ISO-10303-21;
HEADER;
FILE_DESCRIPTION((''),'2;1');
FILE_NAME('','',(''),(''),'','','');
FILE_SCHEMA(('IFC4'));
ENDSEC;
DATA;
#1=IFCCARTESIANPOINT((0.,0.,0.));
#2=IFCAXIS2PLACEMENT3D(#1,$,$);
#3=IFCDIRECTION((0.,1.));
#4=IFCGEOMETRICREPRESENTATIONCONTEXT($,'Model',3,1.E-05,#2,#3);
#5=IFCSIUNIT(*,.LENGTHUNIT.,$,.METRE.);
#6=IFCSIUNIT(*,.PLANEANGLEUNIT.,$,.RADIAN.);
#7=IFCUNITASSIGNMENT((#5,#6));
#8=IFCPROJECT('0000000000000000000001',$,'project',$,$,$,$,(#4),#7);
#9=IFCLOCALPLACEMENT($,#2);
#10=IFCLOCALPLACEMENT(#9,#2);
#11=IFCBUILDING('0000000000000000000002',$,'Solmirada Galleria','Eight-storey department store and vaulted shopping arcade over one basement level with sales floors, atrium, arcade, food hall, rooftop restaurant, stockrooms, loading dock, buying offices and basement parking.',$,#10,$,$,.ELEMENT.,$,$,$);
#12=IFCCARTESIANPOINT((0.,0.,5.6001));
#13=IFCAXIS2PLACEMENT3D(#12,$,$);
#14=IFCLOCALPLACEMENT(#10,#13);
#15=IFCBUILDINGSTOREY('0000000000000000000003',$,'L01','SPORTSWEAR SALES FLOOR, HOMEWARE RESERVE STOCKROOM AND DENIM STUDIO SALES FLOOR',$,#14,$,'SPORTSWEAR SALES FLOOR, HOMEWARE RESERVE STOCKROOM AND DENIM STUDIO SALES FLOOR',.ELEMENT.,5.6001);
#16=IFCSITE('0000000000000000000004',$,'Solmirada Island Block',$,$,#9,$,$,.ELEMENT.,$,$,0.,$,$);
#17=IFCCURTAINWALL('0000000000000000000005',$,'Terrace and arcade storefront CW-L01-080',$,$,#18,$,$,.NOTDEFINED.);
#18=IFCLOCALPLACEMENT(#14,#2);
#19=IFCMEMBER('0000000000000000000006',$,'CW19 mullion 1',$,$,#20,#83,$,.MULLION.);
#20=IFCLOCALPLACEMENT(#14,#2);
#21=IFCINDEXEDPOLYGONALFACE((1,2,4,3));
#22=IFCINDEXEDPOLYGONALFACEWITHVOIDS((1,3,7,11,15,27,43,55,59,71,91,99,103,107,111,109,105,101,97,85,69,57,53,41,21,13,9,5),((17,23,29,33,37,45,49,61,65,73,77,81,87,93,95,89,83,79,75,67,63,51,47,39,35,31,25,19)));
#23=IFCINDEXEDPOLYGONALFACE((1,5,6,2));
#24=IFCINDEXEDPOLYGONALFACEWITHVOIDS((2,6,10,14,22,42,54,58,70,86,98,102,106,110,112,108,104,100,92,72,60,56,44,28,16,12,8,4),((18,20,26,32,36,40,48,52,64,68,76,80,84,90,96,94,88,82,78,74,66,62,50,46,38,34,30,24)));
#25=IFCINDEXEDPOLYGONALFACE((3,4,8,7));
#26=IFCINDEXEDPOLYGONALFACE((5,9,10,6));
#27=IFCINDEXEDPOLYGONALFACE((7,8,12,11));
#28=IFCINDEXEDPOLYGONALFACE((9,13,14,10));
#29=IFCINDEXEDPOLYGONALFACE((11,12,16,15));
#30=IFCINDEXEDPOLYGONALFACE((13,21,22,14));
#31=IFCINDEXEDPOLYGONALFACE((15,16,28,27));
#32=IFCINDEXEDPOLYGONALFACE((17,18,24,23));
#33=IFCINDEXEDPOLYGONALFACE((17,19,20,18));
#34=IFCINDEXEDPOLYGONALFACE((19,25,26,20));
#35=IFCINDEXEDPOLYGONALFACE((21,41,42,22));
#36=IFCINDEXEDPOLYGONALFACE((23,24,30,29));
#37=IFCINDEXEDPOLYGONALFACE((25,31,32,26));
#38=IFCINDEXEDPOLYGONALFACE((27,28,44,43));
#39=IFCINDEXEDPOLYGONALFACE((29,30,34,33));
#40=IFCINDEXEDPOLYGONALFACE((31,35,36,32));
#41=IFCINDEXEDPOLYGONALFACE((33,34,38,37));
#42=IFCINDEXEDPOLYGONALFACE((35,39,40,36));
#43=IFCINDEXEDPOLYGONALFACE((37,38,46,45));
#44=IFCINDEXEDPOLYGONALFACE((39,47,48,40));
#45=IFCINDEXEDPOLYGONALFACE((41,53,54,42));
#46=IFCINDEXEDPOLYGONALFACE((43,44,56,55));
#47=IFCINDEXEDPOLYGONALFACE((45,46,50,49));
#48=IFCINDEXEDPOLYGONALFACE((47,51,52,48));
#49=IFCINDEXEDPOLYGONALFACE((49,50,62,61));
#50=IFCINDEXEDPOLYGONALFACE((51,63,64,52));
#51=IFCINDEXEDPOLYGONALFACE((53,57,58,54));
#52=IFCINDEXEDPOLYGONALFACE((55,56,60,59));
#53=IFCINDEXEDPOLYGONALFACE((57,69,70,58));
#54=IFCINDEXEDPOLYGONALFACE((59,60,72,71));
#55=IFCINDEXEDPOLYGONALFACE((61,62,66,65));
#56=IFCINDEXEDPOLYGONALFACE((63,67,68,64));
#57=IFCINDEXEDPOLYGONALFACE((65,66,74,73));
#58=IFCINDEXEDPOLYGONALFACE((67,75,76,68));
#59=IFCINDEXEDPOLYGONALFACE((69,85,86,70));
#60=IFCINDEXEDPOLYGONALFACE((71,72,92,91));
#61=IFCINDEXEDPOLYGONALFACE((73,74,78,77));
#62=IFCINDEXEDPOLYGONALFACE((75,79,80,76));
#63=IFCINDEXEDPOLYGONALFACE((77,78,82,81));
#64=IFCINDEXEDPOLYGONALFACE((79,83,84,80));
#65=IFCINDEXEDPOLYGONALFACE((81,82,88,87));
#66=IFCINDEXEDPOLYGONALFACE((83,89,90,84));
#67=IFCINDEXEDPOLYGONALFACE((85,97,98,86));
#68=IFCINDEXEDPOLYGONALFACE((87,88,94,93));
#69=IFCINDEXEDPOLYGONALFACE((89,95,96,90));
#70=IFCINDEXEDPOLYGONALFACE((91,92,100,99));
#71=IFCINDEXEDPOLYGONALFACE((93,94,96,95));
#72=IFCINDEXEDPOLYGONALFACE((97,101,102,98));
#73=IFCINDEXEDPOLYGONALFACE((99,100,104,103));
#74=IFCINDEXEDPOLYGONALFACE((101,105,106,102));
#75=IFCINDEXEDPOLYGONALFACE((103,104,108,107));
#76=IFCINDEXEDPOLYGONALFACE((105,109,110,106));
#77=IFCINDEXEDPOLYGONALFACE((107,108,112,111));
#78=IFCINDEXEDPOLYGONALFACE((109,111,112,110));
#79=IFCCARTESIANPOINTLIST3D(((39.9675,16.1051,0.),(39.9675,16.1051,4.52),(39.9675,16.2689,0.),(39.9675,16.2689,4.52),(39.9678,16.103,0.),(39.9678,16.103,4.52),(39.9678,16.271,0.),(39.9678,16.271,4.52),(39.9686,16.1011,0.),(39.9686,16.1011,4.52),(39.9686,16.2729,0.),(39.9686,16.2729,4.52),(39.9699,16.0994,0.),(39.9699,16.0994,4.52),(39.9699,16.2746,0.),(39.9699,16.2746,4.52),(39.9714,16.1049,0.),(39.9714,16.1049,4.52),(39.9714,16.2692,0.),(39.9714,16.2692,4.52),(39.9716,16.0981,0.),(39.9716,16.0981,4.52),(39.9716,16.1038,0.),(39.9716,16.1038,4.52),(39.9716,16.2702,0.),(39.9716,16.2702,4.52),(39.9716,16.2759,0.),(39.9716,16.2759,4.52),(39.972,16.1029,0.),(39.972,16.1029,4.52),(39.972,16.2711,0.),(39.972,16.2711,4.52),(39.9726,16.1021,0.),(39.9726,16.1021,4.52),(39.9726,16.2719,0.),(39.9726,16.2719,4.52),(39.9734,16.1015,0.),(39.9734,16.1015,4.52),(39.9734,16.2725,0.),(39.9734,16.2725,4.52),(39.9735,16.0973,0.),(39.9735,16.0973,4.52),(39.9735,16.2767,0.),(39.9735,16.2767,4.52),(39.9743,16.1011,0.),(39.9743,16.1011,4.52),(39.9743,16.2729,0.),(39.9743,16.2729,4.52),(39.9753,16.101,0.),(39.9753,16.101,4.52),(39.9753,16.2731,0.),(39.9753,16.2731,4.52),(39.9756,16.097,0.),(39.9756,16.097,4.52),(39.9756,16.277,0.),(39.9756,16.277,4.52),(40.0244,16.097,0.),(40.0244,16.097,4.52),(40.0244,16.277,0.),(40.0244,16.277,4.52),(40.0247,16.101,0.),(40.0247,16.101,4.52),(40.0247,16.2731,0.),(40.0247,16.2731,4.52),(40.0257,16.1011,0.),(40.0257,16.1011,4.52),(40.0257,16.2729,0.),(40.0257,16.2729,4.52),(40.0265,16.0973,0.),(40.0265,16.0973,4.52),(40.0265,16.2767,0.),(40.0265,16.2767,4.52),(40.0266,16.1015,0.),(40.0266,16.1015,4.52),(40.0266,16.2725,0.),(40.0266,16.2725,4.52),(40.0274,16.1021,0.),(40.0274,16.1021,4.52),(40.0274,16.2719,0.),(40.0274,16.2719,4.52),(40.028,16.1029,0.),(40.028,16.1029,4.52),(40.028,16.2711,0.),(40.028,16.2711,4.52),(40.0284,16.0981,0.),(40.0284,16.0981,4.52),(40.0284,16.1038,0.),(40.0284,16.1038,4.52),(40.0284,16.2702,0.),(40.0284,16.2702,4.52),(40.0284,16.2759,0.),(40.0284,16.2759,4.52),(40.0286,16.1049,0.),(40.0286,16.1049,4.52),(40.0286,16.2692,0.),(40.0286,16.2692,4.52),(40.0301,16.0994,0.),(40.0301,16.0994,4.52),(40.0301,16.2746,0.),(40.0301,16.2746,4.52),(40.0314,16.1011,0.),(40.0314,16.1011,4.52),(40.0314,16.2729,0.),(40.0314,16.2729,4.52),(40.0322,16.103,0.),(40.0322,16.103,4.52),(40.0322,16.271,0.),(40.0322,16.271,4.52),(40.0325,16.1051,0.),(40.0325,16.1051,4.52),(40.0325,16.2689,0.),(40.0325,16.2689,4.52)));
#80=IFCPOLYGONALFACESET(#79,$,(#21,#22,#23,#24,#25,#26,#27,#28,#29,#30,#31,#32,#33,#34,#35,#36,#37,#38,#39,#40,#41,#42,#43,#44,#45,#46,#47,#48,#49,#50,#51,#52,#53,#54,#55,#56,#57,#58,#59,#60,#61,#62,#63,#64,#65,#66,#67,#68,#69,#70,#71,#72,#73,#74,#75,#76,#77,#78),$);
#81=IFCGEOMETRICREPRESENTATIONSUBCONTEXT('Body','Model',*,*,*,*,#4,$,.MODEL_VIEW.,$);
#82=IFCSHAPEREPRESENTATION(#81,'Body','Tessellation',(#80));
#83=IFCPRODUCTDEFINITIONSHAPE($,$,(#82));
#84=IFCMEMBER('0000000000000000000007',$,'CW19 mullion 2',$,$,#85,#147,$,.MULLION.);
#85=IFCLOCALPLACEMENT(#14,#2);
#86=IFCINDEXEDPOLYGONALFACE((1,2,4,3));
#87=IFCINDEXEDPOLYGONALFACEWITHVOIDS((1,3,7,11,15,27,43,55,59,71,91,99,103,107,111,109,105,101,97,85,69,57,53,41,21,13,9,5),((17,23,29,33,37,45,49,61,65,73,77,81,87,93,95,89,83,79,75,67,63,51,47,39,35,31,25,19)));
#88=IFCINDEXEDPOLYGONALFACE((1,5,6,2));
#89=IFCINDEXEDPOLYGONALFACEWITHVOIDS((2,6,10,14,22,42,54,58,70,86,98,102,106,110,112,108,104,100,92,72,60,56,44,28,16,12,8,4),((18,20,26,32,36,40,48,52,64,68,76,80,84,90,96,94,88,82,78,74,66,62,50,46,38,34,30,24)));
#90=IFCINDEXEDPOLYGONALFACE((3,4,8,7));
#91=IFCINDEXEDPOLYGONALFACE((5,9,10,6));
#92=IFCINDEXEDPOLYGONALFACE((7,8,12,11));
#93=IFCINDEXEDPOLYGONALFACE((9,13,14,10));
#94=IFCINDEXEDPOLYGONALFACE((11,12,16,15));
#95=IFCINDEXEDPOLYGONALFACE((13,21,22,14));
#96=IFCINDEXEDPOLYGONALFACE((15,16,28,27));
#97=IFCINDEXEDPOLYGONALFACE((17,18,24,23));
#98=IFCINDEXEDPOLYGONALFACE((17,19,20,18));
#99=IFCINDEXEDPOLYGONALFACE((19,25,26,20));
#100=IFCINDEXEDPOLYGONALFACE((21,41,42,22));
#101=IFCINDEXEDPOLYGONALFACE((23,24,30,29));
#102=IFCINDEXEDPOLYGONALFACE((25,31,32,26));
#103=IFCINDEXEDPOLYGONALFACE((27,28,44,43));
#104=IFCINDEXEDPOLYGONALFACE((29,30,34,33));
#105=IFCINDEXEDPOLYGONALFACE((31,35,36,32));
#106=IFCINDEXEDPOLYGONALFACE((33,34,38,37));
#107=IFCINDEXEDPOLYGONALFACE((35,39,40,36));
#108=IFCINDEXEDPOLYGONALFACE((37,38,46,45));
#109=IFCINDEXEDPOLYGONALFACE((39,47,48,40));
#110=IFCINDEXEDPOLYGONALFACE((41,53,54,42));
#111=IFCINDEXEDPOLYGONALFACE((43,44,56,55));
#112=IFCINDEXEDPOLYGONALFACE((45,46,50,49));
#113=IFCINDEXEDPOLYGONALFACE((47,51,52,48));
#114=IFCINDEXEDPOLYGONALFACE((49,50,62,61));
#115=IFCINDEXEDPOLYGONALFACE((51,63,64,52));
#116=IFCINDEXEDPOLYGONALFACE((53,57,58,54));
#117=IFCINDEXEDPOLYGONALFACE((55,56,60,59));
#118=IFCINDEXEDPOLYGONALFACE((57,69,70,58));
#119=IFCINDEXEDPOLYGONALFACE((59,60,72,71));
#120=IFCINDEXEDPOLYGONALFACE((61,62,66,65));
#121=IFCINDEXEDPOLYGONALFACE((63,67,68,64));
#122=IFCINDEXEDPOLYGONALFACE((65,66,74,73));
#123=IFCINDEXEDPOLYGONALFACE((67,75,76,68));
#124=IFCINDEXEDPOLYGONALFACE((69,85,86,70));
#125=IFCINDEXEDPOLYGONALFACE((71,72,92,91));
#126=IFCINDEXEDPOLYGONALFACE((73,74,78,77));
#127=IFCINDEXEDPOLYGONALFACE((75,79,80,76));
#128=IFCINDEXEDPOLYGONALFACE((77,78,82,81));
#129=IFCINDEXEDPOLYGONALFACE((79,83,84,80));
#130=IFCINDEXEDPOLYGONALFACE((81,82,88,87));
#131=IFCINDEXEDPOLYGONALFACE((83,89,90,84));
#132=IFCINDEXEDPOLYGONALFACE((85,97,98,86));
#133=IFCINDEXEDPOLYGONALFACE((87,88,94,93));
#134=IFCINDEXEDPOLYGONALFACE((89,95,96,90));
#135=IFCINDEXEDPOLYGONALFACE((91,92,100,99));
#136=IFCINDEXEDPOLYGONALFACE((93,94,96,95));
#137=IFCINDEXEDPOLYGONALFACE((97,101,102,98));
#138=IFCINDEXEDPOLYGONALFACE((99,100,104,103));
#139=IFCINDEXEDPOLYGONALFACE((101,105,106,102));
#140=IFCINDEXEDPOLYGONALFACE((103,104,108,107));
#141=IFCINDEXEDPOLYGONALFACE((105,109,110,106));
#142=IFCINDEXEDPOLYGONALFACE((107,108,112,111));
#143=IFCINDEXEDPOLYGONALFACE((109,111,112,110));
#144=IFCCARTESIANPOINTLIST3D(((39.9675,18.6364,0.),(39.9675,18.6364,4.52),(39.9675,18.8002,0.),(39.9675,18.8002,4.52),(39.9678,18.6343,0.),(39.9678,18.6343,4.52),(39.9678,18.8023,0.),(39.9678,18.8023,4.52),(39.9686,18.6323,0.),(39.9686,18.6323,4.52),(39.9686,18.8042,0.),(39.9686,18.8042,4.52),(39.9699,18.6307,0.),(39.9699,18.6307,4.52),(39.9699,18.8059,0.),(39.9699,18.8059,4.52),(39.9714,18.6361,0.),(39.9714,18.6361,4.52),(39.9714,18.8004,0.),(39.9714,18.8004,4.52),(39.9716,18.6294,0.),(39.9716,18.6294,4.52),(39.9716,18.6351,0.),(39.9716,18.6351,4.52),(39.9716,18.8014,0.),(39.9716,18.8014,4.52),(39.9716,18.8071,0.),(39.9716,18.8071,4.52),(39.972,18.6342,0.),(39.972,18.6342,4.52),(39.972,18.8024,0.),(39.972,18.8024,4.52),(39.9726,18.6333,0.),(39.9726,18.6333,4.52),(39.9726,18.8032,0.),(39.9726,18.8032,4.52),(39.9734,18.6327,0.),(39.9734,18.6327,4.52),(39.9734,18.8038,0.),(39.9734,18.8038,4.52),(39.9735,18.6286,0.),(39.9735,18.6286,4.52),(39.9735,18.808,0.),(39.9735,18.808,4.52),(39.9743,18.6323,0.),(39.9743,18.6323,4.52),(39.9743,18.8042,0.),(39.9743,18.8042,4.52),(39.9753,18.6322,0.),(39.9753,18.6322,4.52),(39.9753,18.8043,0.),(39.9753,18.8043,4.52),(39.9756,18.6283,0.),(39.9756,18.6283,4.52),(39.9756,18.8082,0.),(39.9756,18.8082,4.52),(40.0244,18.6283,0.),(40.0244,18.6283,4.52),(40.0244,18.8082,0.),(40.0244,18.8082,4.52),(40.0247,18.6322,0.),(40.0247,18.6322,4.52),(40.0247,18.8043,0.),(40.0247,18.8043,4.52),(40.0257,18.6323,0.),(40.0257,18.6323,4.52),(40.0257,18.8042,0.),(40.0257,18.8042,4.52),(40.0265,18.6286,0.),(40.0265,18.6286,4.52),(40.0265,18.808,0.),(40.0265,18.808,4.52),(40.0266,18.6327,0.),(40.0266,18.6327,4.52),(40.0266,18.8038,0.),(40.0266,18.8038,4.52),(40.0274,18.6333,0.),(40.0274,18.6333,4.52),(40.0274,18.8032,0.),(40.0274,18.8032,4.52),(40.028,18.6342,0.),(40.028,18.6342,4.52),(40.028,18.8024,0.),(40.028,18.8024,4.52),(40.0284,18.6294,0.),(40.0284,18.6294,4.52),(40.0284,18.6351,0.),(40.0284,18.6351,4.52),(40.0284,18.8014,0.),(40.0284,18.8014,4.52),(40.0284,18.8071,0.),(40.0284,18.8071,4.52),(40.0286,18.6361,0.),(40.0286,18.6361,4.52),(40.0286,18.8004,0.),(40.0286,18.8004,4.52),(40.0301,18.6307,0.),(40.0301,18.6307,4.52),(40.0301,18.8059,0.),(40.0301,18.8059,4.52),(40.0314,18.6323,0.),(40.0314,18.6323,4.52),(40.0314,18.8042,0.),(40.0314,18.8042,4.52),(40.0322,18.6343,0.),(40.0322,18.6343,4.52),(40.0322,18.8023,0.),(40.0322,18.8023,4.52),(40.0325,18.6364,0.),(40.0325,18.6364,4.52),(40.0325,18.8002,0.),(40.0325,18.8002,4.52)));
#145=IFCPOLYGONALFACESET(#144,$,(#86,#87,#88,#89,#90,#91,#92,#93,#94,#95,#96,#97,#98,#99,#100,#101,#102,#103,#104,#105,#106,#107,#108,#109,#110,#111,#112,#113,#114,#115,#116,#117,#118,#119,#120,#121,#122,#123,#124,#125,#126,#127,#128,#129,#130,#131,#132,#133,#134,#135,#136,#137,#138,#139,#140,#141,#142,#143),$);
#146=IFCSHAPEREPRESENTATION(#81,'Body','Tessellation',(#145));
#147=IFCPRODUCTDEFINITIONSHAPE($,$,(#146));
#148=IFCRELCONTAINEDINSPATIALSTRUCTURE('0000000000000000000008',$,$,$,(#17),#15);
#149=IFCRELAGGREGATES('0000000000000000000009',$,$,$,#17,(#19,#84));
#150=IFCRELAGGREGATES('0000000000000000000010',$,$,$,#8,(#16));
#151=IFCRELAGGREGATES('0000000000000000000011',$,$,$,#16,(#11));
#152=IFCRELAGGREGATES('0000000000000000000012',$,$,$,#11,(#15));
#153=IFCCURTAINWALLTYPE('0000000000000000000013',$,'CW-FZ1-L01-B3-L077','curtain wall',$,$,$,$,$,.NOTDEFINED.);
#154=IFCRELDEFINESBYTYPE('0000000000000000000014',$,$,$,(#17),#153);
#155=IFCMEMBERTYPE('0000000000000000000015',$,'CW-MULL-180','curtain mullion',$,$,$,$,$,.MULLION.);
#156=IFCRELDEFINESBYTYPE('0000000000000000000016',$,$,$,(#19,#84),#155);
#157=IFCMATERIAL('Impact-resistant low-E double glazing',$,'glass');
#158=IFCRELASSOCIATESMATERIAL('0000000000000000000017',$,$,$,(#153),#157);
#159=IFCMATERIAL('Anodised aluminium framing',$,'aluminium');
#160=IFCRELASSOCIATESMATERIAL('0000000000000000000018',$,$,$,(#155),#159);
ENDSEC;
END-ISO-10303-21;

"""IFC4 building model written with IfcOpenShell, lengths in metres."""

from ifc_helpers import new_model, si_unit, direction, frame, origin, origin_2d, place, context, subcontext, project, spatial, hollow_rectangle, extrude, material, material_profile, profile_set, type_object, element, aggregate, save


model = new_model("IFC4")

# Units and contexts
model_context = context("Model", 3, precision=1e-05, world=origin(), true_north=direction((0.0, 1.0)))
body_context = subcontext(model_context, "Body", "Model", "MODEL_VIEW")
ifc_project = project(units=[si_unit("LENGTHUNIT", "METRE"), si_unit("PLANEANGLEUNIT", "RADIAN")], contexts=[model_context])

# Site, building, storey
site_placement = place(None, origin())
site = spatial("IfcSite", under=ifc_project, at=site_placement, Name="Solmirada Island Block", CompositionType="ELEMENT", RefElevation=0.0)
building_placement = place(site_placement, origin())
building = spatial("IfcBuilding", under=site, at=building_placement, Name="Solmirada Galleria", Description="Eight-storey department store and vaulted shopping arcade over one basement level with sales floors, atrium, arcade, food hall, rooftop restaurant, stockrooms, loading dock, buying offices and basement parking.", CompositionType="ELEMENT")
storey_placement = place(building_placement, frame((0.0, 0.0, 5.6001)))
storey = spatial("IfcBuildingStorey", under=building, at=storey_placement, Name="L01", Description="SPORTSWEAR SALES FLOOR, HOMEWARE RESERVE STOCKROOM AND DENIM STUDIO SALES FLOOR", LongName="SPORTSWEAR SALES FLOOR, HOMEWARE RESERVE STOCKROOM AND DENIM STUDIO SALES FLOOR", CompositionType="ELEMENT", Elevation=5.6001)

# Curtain wall, members
ifc_material_1 = material(Name="Impact-resistant low-E double glazing", Category="glass")
curtain_wall_type = type_object("IfcCurtainWallType", Name="CW-FZ1-L01-B3-L077", Description="curtain wall", PredefinedType="NOTDEFINED", material=ifc_material_1)
curtain_wall_placement = place(storey_placement, origin())
curtain_wall = element("IfcCurtainWall", 1, at=curtain_wall_placement, inside=storey, type_object=curtain_wall_type, Name="Terrace and arcade storefront CW-L01-080", PredefinedType="NOTDEFINED")
ifc_material_2 = material(Name="Anodised aluminium framing", Category="aluminium")
ifc_material_profile_1 = material_profile(ifc_material_2, hollow_rectangle(XDim=0.0649, YDim=0.1799, WallThickness=0.0039, InnerFilletRadius=0.0039, OuterFilletRadius=0.0081, at=origin_2d()), Name="ALU-MULL-180X65")
ifc_profile_set_1 = profile_set([ifc_material_profile_1], Name="Anodised aluminium framing")
member_type_1 = type_object("IfcMemberType", Name="CW-MULL-180", Description="curtain mullion", PredefinedType="MULLION", material=ifc_profile_set_1)
member_1_placement = place(storey_placement, frame((40.0, 16.187, 0.0), z_axis=(0.0, 0.0, 1.0), x_axis=(-1.0, 0.0, 0.0)))
member_1 = element("IfcMember", 2, at=member_1_placement, type_object=member_type_1, Name="CW19 mullion 1", PredefinedType="MULLION", context=body_context, shape_type="SweptSolid", body=[
    extrude(hollow_rectangle(XDim=0.0649, YDim=0.1799, WallThickness=0.0039, InnerFilletRadius=0.0039, OuterFilletRadius=0.0081, at=origin_2d()), origin(), (0.0, 0.0, 1.0), 4.52),
])
member_2_placement = place(storey_placement, frame((40.0, 18.7183, 0.0), z_axis=(0.0, 0.0, 1.0), x_axis=(-1.0, 0.0, 0.0)))
member_2 = element("IfcMember", 3, at=member_2_placement, type_object=member_type_1, Name="CW19 mullion 2", PredefinedType="MULLION", context=body_context, shape_type="SweptSolid", body=[
    extrude(hollow_rectangle(XDim=0.0649, YDim=0.1799, WallThickness=0.0039, InnerFilletRadius=0.0039, OuterFilletRadius=0.0081, at=origin_2d()), origin(), (0.0, 0.0, 1.0), 4.52),
])

aggregate(curtain_wall, [member_1, member_2])

save(model, "model.ifc")
